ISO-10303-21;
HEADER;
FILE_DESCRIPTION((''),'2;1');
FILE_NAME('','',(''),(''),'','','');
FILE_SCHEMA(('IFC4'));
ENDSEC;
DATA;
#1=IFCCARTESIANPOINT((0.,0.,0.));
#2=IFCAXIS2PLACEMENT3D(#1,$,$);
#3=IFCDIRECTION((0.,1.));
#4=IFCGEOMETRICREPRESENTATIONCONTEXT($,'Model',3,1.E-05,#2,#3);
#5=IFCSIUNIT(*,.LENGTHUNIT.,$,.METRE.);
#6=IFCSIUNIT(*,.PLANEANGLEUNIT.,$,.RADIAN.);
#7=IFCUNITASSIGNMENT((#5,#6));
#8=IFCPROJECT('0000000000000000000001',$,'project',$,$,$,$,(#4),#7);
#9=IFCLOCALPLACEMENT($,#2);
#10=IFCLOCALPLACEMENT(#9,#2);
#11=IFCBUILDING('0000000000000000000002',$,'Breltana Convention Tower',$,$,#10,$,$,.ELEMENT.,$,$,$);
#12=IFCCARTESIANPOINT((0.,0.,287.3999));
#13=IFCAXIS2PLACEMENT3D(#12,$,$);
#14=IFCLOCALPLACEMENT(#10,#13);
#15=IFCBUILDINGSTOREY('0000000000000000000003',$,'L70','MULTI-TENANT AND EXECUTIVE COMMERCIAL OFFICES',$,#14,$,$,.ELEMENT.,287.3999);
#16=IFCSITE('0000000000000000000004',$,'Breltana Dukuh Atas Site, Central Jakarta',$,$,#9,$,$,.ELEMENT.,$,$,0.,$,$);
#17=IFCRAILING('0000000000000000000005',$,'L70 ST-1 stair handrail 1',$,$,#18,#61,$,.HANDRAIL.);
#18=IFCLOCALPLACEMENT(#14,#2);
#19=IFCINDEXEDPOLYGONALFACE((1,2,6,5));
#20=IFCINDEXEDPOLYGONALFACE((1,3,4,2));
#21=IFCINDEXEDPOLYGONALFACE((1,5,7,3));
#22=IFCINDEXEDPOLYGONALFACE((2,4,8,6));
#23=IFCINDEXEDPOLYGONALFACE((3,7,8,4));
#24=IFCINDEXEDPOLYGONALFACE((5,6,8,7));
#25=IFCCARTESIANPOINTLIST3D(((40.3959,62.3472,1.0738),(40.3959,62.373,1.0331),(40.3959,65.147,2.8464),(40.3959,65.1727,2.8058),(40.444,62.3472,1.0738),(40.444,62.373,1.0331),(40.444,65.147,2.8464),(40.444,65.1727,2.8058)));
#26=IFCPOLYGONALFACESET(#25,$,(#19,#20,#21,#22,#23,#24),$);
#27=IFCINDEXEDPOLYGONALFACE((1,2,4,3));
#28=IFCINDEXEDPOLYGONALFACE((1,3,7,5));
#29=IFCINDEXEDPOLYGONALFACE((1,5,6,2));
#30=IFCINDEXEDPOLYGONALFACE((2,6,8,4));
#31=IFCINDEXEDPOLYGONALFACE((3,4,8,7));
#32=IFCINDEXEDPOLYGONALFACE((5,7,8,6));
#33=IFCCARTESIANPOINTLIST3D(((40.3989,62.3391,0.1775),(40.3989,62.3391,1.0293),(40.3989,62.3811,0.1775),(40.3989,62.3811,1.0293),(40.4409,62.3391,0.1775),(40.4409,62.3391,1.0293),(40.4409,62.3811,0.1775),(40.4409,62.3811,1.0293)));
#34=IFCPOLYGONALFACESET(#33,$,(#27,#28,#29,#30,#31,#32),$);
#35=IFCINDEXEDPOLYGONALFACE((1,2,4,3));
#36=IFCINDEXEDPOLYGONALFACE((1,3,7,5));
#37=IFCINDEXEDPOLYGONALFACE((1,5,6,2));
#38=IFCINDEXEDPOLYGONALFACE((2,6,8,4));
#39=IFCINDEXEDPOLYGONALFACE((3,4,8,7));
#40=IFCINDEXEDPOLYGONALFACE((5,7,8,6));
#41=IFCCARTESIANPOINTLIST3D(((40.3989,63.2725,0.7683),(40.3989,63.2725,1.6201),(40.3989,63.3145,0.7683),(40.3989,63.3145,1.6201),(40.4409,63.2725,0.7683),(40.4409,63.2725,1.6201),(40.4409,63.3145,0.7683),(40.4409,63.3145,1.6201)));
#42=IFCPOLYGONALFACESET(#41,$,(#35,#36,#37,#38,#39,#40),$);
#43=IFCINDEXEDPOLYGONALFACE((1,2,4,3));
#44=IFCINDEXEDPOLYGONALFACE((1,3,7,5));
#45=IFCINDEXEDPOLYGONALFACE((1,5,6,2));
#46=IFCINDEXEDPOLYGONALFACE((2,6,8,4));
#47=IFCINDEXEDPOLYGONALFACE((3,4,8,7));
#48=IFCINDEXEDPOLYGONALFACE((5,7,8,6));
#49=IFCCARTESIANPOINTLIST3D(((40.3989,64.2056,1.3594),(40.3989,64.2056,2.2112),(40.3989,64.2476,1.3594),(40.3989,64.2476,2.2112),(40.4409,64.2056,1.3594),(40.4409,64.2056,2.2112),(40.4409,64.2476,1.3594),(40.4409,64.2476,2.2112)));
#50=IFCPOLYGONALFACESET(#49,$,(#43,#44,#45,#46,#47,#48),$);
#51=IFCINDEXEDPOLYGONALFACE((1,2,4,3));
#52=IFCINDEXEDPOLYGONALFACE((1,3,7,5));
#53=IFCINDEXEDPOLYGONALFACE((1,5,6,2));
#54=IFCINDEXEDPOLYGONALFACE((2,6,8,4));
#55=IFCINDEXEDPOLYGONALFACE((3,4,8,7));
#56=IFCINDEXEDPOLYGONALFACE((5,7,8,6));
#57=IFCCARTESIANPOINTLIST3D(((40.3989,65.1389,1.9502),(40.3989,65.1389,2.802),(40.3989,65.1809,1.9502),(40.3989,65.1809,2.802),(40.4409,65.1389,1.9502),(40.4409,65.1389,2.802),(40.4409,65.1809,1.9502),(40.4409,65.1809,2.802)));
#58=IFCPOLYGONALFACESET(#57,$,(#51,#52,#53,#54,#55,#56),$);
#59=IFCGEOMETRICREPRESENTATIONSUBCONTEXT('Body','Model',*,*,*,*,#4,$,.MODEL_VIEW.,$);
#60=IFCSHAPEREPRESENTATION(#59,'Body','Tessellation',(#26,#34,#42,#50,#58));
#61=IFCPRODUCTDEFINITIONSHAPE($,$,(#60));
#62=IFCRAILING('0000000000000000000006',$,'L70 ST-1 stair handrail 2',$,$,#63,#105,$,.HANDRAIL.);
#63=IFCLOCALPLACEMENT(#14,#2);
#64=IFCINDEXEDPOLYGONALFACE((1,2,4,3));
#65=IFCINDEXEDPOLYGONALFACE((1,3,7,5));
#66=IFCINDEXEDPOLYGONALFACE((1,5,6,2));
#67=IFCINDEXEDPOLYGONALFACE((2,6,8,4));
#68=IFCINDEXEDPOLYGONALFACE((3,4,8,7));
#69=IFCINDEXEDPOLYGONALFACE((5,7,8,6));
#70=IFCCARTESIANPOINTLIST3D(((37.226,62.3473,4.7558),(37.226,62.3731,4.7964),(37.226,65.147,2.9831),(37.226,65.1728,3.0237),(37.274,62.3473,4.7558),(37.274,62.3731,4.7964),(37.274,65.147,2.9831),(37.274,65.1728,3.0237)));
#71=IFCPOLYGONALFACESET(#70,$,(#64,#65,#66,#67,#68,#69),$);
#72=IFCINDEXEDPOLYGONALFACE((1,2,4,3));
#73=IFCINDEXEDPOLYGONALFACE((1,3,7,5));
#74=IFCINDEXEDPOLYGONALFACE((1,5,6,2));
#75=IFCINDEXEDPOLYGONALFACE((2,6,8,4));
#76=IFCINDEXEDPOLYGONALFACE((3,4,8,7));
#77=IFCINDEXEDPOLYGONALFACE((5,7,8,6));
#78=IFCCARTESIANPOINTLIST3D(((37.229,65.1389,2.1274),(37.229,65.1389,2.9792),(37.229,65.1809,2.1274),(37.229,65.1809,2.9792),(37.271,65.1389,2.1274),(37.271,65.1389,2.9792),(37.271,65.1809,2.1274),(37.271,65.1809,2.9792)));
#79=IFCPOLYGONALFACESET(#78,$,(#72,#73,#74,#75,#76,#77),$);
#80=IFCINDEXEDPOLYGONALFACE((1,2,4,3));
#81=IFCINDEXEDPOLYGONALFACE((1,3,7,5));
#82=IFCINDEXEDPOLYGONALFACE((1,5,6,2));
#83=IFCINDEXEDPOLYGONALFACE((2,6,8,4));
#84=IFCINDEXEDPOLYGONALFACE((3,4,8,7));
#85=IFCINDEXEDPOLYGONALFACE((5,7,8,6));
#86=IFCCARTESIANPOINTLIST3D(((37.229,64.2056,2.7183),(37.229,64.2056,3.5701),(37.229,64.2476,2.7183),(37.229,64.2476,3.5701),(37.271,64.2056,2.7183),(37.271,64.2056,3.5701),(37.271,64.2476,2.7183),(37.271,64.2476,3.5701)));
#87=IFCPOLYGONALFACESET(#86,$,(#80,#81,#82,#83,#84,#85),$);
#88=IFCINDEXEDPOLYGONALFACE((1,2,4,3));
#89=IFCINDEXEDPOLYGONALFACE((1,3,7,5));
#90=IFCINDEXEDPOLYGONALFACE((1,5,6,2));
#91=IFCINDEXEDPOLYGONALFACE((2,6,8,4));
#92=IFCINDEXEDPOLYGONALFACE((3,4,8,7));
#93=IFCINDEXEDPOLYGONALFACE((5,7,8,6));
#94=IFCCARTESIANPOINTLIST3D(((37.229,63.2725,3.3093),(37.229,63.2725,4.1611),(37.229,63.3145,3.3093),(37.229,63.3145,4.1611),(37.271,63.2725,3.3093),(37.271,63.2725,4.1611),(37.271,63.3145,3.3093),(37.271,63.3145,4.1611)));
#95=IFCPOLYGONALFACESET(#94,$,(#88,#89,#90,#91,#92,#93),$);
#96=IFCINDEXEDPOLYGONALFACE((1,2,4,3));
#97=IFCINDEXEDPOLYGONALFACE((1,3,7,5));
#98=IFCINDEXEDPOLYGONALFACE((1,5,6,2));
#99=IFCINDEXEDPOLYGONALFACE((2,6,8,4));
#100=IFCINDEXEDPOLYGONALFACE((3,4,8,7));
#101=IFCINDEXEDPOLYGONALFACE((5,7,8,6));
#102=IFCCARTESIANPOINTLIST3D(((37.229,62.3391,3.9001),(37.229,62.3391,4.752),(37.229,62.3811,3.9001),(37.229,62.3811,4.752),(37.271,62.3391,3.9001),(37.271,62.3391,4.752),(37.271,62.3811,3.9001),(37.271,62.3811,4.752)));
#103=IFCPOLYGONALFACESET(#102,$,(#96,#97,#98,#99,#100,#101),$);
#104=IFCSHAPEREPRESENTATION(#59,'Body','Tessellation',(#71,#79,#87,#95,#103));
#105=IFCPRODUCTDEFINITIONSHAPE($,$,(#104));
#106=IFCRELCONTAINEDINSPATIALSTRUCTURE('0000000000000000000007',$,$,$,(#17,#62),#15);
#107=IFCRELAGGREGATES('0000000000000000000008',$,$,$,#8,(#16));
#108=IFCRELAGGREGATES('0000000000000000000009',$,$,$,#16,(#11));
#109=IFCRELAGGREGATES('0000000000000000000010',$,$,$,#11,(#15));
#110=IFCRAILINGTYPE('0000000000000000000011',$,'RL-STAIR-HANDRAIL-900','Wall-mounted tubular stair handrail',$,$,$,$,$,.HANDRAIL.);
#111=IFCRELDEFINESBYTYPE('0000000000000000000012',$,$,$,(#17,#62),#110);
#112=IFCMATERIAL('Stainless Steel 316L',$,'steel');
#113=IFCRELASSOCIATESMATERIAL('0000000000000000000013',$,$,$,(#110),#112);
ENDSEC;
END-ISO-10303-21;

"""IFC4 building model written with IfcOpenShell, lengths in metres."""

from ifc_helpers import new_model, si_unit, direction, frame, origin, origin_2d, place, context, subcontext, project, spatial, rectangle, extrude, material, type_object, element, save


model = new_model("IFC4")

# Units and contexts
model_context = context("Model", 3, precision=1e-05, world=origin(), true_north=direction((0.0, 1.0)))
body_context = subcontext(model_context, "Body", "Model", "MODEL_VIEW")
ifc_project = project(units=[si_unit("LENGTHUNIT", "METRE"), si_unit("PLANEANGLEUNIT", "RADIAN")], contexts=[model_context])

# Site, building, storey
site_placement = place(None, origin())
site = spatial("IfcSite", under=ifc_project, at=site_placement, Name="Breltana Dukuh Atas Site, Central Jakarta", CompositionType="ELEMENT", RefElevation=0.0)
building_placement = place(site_placement, origin())
building = spatial("IfcBuilding", under=site, at=building_placement, Name="Breltana Convention Tower", CompositionType="ELEMENT")
storey_placement = place(building_placement, frame((0.0, 0.0, 287.3999)))
storey = spatial("IfcBuildingStorey", under=building, at=storey_placement, Name="L70", Description="MULTI-TENANT AND EXECUTIVE COMMERCIAL OFFICES", CompositionType="ELEMENT", Elevation=287.3999)

# Railings
ifc_material_1 = material(Name="Stainless Steel 316L", Category="steel")
railing_type_1 = type_object("IfcRailingType", Name="RL-STAIR-HANDRAIL-900", Description="Wall-mounted tubular stair handrail", PredefinedType="HANDRAIL", material=ifc_material_1)
railing_1_placement = place(storey_placement, frame((40.4199, 62.3601, 0.1775)))
element("IfcRailing", 1, at=railing_1_placement, inside=storey, type_object=railing_type_1, Name="L70 ST-1 stair handrail 1", PredefinedType="HANDRAIL", context=body_context, shape_type="SweptSolid", body=[
    extrude(rectangle(XDim=0.0481, YDim=0.0481, at=origin_2d()), frame((0.0, 0.0, 0.876), z_axis=(0.0, 0.844888, 0.534943), x_axis=(-1.0, 0.0, 0.0)), (0.0, 0.0, 1.0), 3.3137),
    extrude(rectangle(XDim=0.042, YDim=0.042, at=origin_2d()), origin(), (0.0, 0.0, 1.0), 0.8518),
    extrude(rectangle(XDim=0.042, YDim=0.042, at=origin_2d()), frame((0.0, 0.9333, 0.5908)), (0.0, 0.0, 1.0), 0.8518),
    extrude(rectangle(XDim=0.042, YDim=0.042, at=origin_2d()), frame((0.0, 1.8665, 1.1819)), (0.0, 0.0, 1.0), 0.8518),
    extrude(rectangle(XDim=0.042, YDim=0.042, at=origin_2d()), frame((0.0, 2.7998, 1.7727)), (0.0, 0.0, 1.0), 0.8518),
])
railing_2_placement = place(storey_placement, frame((37.25, 65.1599, 2.1274)))
element("IfcRailing", 2, at=railing_2_placement, inside=storey, type_object=railing_type_1, Name="L70 ST-1 stair handrail 2", PredefinedType="HANDRAIL", context=body_context, shape_type="SweptSolid", body=[
    extrude(rectangle(XDim=0.0481, YDim=0.0481, at=origin_2d()), frame((0.0, 0.0, 0.876), z_axis=(0.0, -0.844888, 0.534943), x_axis=(1.0, 0.0, 0.0)), (0.0, 0.0, 1.0), 3.3137),
    extrude(rectangle(XDim=0.042, YDim=0.042, at=origin_2d()), origin(), (0.0, 0.0, 1.0), 0.8518),
    extrude(rectangle(XDim=0.042, YDim=0.042, at=origin_2d()), frame((0.0, -0.9333, 0.5908)), (0.0, 0.0, 1.0), 0.8518),
    extrude(rectangle(XDim=0.042, YDim=0.042, at=origin_2d()), frame((0.0, -1.8665, 1.1819)), (0.0, 0.0, 1.0), 0.8518),
    extrude(rectangle(XDim=0.042, YDim=0.042, at=origin_2d()), frame((0.0, -2.7998, 1.7727)), (0.0, 0.0, 1.0), 0.8518),
])

save(model, "model.ifc")
